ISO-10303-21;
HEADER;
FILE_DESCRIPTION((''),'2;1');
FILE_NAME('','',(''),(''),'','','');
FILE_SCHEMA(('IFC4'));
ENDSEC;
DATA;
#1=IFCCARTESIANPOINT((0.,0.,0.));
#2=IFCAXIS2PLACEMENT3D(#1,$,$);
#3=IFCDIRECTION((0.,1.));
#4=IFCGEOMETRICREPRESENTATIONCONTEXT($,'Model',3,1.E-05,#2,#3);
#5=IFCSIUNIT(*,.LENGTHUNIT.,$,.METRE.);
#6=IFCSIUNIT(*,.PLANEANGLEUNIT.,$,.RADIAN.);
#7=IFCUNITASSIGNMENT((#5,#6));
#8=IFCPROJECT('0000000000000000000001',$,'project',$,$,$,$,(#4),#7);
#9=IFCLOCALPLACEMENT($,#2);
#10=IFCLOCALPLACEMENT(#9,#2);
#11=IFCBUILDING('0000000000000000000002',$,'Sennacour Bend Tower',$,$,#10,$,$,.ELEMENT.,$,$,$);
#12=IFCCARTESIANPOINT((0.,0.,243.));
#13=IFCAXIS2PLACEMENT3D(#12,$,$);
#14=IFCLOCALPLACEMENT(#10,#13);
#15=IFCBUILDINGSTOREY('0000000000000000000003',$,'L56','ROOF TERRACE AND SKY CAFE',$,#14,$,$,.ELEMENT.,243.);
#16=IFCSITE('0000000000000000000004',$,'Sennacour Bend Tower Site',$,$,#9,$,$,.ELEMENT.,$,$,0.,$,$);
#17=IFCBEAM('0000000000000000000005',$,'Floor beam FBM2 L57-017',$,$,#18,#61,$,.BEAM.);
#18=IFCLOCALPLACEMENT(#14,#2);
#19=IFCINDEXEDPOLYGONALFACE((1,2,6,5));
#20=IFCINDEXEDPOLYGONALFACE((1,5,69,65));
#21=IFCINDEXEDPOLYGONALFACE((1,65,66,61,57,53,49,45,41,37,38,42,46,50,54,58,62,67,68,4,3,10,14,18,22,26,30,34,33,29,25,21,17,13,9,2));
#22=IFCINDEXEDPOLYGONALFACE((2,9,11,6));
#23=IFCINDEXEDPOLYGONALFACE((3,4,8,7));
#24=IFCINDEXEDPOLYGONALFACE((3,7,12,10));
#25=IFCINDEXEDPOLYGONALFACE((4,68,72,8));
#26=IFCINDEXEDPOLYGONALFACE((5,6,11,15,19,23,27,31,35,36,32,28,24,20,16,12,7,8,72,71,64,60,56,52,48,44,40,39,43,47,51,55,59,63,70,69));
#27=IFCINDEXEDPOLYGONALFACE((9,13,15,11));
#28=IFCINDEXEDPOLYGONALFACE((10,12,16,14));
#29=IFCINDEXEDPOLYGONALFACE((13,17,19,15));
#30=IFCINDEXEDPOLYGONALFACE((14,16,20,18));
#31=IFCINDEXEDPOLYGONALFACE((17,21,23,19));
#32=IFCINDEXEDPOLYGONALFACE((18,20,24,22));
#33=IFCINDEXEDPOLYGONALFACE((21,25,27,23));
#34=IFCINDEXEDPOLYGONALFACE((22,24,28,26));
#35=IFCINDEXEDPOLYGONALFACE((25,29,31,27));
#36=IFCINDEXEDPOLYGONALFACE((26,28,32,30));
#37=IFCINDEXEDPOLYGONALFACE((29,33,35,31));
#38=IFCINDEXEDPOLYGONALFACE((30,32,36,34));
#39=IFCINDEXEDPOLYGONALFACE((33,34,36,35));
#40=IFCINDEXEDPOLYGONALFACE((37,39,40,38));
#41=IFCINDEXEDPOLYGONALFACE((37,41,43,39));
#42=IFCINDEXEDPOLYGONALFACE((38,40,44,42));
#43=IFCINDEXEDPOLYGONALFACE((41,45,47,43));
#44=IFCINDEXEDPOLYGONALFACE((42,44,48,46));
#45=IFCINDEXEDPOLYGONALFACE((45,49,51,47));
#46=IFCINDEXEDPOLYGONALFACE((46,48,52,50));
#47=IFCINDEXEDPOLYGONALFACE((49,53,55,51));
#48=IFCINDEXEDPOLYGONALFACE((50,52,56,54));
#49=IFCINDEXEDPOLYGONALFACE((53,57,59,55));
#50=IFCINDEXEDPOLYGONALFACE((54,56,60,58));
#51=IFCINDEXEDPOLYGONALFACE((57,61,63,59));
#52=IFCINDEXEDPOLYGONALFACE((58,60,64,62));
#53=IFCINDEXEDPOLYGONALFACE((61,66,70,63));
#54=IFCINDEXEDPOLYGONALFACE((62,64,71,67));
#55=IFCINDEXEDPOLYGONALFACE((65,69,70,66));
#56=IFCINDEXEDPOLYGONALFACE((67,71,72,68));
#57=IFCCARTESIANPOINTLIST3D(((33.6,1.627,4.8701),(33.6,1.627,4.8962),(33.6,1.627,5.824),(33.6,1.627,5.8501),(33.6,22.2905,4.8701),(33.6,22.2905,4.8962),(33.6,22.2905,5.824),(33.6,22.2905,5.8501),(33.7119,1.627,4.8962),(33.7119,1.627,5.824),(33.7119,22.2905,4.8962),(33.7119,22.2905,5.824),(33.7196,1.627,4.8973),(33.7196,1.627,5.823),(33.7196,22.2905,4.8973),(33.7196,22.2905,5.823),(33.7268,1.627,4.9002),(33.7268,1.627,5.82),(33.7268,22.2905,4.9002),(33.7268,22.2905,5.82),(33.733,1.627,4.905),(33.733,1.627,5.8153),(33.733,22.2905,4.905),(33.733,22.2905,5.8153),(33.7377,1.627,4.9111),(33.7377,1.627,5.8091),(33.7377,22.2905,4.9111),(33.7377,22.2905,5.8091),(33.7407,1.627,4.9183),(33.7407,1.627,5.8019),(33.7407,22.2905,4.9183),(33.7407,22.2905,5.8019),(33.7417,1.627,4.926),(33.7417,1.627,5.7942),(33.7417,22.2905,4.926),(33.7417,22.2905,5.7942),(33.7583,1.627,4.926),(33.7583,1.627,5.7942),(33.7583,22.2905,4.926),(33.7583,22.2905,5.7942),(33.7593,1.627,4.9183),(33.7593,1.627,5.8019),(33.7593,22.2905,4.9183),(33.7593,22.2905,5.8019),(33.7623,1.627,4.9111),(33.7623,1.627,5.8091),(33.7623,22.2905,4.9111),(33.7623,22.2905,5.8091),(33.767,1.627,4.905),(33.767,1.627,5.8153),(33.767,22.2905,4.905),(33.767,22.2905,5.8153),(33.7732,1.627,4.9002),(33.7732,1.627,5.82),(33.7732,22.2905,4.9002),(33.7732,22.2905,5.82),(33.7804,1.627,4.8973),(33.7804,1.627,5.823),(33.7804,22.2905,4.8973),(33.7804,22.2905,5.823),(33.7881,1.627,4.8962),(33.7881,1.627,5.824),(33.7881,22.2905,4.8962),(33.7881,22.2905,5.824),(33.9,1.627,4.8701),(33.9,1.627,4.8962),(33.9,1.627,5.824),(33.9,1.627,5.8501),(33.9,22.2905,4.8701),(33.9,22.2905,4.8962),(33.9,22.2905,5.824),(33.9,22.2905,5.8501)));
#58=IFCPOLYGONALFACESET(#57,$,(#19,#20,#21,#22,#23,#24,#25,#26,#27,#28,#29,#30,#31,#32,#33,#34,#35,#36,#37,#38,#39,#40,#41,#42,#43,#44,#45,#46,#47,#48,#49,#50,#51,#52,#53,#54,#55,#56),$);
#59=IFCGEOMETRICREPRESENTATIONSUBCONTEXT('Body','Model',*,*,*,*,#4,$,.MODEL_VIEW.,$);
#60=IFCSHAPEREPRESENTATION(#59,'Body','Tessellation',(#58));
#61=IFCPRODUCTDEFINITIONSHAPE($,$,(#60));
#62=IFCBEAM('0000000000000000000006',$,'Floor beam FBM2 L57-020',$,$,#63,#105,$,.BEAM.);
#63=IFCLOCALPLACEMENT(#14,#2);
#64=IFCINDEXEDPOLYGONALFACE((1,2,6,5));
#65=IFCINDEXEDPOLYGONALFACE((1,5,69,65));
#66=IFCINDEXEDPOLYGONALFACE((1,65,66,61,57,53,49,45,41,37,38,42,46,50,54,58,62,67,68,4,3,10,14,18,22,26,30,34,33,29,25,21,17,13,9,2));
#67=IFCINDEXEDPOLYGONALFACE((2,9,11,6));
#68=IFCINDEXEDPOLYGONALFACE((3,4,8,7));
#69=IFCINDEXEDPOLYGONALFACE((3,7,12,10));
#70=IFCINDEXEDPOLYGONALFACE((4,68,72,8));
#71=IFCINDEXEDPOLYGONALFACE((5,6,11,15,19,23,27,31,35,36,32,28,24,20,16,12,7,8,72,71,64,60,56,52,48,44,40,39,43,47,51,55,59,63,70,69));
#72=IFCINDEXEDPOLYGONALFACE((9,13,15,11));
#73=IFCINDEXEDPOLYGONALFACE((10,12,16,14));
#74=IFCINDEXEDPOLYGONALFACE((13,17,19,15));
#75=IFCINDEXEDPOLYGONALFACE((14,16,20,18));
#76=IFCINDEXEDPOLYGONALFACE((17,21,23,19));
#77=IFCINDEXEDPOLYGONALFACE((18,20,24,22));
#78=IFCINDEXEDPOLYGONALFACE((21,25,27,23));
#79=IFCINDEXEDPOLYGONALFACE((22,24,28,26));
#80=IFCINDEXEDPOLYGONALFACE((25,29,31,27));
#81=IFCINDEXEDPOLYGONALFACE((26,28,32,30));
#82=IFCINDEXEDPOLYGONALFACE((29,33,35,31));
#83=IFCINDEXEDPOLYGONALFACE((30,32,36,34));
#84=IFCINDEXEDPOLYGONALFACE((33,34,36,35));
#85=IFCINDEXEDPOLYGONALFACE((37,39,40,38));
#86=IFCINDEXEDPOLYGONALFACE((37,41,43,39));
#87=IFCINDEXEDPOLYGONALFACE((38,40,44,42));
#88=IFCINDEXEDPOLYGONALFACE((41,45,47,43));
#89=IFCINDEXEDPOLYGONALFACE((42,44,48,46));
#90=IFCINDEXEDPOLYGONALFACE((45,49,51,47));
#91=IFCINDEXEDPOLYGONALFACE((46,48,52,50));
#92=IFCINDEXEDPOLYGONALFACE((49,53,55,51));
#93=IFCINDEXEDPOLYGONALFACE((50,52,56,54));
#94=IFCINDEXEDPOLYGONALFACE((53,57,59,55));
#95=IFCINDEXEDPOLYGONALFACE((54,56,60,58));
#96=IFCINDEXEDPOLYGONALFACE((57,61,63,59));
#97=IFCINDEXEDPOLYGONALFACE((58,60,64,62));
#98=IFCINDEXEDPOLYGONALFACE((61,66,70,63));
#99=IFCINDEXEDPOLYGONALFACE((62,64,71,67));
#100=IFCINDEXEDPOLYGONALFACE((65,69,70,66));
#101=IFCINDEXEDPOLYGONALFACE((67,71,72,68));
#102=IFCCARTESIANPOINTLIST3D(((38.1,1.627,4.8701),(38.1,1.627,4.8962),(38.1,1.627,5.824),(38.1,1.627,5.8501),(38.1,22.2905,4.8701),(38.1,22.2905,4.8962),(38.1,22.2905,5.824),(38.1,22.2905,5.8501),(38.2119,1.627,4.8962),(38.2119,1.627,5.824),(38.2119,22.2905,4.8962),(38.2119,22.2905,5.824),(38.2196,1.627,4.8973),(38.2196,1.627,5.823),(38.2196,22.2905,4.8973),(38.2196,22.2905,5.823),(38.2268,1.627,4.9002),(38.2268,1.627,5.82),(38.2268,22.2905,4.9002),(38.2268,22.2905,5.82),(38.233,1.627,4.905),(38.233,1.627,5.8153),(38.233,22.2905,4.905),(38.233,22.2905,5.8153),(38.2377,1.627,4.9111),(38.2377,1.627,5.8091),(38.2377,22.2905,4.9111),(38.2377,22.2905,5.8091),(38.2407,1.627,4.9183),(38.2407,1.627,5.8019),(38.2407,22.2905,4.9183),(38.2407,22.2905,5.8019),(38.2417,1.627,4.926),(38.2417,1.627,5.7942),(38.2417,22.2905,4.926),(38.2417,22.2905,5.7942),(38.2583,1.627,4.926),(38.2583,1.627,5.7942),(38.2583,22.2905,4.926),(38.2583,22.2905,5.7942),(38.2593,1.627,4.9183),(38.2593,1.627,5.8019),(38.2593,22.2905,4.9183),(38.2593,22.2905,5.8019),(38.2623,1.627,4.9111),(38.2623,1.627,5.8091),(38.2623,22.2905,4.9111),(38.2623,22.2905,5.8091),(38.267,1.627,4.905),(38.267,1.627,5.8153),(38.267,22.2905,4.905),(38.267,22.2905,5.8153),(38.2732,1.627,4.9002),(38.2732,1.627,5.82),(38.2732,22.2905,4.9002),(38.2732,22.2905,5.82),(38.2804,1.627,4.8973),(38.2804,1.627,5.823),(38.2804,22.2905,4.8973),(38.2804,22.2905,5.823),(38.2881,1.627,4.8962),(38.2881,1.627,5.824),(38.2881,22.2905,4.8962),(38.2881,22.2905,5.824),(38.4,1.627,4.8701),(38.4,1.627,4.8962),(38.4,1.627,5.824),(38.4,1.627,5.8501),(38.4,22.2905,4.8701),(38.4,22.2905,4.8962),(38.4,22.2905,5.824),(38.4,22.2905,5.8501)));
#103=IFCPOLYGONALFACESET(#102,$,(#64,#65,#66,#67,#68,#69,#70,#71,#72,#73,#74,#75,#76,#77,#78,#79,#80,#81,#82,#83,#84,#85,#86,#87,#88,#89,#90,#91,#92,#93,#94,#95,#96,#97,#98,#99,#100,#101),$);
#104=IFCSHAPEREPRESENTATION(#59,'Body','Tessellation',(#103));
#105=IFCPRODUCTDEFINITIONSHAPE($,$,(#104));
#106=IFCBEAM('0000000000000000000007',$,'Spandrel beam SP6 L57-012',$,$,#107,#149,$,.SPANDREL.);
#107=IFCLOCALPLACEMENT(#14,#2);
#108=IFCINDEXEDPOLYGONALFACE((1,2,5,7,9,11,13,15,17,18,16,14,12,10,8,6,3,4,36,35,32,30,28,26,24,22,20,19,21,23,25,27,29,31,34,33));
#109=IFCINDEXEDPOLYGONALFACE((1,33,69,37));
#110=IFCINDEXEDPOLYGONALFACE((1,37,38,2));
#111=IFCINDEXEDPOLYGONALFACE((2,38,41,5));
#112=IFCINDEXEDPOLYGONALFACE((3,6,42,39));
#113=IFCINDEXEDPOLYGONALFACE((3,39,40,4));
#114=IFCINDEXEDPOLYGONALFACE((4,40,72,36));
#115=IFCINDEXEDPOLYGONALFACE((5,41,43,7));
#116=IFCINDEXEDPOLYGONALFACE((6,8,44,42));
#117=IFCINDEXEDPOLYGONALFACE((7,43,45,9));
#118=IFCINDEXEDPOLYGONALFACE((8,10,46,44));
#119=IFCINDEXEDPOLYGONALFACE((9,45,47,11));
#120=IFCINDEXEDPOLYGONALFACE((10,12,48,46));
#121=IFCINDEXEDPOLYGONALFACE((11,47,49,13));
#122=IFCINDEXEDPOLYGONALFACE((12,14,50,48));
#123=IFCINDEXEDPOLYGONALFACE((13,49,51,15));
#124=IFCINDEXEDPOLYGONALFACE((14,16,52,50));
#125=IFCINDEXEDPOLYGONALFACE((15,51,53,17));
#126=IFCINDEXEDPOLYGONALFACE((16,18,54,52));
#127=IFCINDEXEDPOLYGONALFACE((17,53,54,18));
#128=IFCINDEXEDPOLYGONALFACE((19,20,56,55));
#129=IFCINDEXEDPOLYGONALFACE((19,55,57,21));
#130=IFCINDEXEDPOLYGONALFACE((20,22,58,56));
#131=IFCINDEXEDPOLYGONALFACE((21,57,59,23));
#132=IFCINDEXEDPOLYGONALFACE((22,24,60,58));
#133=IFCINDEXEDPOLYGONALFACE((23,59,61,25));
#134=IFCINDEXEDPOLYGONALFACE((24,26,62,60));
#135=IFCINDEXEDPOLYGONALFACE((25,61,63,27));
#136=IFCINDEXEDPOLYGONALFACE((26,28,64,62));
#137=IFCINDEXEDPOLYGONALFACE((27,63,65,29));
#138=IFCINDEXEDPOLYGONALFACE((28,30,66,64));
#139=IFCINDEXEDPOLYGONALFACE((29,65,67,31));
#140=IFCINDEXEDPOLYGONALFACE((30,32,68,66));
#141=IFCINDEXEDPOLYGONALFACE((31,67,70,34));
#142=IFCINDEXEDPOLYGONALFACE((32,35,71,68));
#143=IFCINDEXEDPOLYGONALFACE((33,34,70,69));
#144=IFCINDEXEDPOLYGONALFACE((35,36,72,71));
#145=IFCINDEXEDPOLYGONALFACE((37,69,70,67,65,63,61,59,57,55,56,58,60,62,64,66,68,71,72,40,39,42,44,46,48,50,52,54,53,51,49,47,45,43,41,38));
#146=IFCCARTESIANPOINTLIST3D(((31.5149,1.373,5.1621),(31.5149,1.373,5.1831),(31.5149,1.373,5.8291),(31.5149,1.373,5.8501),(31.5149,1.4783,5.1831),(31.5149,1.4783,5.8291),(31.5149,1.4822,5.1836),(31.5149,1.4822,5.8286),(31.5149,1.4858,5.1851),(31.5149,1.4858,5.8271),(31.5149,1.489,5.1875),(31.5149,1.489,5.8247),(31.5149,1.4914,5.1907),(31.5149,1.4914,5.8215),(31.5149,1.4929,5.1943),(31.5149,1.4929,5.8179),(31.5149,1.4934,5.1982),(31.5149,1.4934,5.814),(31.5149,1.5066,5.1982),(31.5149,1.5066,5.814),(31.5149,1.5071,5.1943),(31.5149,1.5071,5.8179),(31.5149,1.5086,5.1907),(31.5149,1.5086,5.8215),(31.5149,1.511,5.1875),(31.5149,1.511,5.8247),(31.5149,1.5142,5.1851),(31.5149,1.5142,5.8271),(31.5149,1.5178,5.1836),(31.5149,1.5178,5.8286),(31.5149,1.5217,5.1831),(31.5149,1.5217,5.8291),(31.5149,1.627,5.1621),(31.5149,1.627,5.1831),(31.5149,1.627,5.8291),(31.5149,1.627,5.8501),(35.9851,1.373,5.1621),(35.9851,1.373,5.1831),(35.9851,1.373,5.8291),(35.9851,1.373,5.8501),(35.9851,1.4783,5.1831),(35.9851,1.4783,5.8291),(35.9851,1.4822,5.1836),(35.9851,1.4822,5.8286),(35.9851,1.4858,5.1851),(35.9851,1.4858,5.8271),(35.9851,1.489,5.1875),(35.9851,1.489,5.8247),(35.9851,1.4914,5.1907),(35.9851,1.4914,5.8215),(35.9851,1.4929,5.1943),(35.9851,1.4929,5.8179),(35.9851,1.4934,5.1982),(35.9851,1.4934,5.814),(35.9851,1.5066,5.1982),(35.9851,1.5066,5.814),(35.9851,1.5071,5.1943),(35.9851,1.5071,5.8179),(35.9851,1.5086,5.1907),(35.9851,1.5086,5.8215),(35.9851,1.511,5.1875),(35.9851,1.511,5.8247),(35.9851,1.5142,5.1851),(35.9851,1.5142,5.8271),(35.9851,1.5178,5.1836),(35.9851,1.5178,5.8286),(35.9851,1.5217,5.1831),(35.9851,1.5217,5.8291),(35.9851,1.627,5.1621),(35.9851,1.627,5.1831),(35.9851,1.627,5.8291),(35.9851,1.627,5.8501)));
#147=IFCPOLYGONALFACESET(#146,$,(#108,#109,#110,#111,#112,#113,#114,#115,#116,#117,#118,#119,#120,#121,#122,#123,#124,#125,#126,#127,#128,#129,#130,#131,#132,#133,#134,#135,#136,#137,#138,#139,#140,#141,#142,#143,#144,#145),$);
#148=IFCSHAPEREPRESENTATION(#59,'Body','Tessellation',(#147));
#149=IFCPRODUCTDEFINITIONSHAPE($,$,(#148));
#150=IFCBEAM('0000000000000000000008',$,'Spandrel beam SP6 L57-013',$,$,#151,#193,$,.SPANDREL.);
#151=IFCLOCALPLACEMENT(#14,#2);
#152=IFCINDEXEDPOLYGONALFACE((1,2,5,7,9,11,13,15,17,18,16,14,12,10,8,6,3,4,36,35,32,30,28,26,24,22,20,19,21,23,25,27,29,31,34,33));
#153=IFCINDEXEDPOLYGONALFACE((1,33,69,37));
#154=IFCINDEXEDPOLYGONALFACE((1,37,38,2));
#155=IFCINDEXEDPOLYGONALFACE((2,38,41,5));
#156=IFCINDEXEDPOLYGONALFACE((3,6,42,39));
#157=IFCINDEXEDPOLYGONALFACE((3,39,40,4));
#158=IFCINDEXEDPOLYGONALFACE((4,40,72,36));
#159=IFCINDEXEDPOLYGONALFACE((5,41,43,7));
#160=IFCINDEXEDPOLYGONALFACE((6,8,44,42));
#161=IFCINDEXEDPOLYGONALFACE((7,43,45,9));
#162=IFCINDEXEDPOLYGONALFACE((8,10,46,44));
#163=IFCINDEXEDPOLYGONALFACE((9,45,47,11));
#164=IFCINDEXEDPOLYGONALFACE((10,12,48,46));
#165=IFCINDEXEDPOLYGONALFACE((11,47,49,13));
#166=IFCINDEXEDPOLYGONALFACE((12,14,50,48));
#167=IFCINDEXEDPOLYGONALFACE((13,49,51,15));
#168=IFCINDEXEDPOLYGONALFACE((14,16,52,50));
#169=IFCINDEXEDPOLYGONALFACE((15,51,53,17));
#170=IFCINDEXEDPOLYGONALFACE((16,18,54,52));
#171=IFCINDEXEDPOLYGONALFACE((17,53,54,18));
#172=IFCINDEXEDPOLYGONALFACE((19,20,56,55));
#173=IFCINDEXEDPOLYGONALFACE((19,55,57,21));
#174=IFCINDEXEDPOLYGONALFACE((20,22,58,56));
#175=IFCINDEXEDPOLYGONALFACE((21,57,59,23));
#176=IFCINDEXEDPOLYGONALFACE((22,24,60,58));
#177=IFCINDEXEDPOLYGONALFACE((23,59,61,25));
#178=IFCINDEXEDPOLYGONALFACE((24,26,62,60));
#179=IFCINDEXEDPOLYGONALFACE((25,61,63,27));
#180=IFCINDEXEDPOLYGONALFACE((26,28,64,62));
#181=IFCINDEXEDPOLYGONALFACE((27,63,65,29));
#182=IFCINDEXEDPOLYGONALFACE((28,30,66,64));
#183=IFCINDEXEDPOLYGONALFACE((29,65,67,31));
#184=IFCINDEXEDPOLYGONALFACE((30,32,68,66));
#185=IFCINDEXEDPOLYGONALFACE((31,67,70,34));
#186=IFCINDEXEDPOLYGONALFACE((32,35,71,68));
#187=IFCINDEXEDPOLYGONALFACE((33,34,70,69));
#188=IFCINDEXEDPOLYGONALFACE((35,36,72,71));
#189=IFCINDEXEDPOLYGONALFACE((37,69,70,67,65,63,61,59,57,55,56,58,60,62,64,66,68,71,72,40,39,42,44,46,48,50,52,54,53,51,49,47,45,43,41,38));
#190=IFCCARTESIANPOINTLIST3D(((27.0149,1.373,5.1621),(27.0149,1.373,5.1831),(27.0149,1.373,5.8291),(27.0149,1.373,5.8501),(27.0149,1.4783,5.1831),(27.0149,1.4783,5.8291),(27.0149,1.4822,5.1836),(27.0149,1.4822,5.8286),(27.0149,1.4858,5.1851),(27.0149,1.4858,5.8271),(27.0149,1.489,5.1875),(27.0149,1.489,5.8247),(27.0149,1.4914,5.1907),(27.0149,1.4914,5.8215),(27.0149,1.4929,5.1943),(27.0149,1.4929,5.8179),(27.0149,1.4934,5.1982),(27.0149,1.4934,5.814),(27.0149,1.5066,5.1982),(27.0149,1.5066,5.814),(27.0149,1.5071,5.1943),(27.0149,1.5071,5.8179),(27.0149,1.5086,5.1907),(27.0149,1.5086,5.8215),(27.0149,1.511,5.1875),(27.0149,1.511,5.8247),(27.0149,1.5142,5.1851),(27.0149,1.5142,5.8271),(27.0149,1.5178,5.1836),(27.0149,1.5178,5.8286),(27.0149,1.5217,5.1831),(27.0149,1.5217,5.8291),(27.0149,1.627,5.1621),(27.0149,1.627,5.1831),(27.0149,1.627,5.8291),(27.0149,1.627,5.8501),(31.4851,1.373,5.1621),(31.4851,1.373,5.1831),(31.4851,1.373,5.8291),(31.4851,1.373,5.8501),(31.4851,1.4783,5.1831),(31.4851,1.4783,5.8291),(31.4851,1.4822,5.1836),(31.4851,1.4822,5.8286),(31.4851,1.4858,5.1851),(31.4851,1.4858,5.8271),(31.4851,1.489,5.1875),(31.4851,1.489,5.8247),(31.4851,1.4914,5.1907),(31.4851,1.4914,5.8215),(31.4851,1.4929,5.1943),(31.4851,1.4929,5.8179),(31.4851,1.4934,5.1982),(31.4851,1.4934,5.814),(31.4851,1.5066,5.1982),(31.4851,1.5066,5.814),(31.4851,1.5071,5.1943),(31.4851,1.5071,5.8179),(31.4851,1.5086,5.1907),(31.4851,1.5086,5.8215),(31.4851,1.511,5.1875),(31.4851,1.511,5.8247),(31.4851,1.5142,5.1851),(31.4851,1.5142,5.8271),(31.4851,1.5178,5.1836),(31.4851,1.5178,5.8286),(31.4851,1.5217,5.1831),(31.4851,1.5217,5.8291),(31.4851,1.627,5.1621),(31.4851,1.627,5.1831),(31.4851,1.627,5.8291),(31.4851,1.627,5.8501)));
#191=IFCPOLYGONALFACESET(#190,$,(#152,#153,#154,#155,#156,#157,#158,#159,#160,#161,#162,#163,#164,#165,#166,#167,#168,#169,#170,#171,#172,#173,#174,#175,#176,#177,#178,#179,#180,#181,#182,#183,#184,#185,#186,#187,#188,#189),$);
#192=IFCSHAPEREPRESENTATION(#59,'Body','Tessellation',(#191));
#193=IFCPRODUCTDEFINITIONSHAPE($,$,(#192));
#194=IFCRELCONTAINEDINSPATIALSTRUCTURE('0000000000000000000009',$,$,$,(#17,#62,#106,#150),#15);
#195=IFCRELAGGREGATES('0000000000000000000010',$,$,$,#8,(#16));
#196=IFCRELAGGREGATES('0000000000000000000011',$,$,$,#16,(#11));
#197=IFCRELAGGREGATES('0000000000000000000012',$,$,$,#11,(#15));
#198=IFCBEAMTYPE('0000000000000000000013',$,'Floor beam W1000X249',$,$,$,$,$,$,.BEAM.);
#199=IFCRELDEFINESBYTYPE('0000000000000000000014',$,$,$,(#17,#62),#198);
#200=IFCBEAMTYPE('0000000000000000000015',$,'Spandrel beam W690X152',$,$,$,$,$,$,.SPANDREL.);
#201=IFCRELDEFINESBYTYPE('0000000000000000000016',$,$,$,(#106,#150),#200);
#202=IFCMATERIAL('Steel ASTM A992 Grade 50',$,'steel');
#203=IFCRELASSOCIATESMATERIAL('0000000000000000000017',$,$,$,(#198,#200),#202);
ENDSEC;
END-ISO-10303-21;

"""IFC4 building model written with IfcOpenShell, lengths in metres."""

from ifc_helpers import new_model, si_unit, direction, frame, origin, origin_2d, place, context, subcontext, project, spatial, i_section, extrude, material, material_profile, profile_set, type_object, element, save


model = new_model("IFC4")

# Units and contexts
model_context = context("Model", 3, precision=1e-05, world=origin(), true_north=direction((0.0, 1.0)))
body_context = subcontext(model_context, "Body", "Model", "MODEL_VIEW")
ifc_project = project(units=[si_unit("LENGTHUNIT", "METRE"), si_unit("PLANEANGLEUNIT", "RADIAN")], contexts=[model_context])

# Site, building, storey
site_placement = place(None, origin())
site = spatial("IfcSite", under=ifc_project, at=site_placement, Name="Sennacour Bend Tower Site", CompositionType="ELEMENT", RefElevation=0.0)
building_placement = place(site_placement, origin())
building = spatial("IfcBuilding", under=site, at=building_placement, Name="Sennacour Bend Tower", CompositionType="ELEMENT")
storey_placement = place(building_placement, frame((0.0, 0.0, 243.0)))
storey = spatial("IfcBuildingStorey", under=building, at=storey_placement, Name="L56", Description="ROOF TERRACE AND SKY CAFE", CompositionType="ELEMENT", Elevation=243.0)

# Shared definitions
ifc_material_1 = material(Name="Steel ASTM A992 Grade 50", Category="steel")

# Beams
ifc_material_profile_1 = material_profile(ifc_material_1, i_section(OverallWidth=0.3, OverallDepth=0.98, WebThickness=0.0166, FlangeThickness=0.0261, FilletRadius=0.0298, at=origin_2d()), Name="Steel ASTM A992 Grade 50", Category="steel")
ifc_profile_set_1 = profile_set([ifc_material_profile_1], Name="Steel ASTM A992 Grade 50")
beam_type_1 = type_object("IfcBeamType", Name="Floor beam W1000X249", PredefinedType="BEAM", material=ifc_profile_set_1)
for number, where, z_axis, x_axis, name in (
    (1, (33.75, 1.627, 5.3601), (0.0, 1.0, 0.0), (-1.0, 0.0, 0.0), "Floor beam FBM2 L57-017"),
    (2, (38.25, 1.627, 5.3601), (0.0, 1.0, 0.0), (-1.0, 0.0, 0.0), "Floor beam FBM2 L57-020"),
):
    element("IfcBeam", number, at=place(storey_placement, frame(where, z_axis=z_axis, x_axis=x_axis)), inside=storey, type_object=beam_type_1, Name=name, PredefinedType="BEAM", context=body_context, shape_type="SweptSolid", body=[
        extrude(i_section(OverallWidth=0.3, OverallDepth=0.98, WebThickness=0.0166, FlangeThickness=0.0261, FilletRadius=0.0298, at=origin_2d()), origin(), (0.0, 0.0, 1.0), 20.6636),
    ])
ifc_material_profile_2 = material_profile(ifc_material_1, i_section(OverallWidth=0.2539, OverallDepth=0.688, WebThickness=0.0132, FlangeThickness=0.021, FilletRadius=0.0151, at=origin_2d()), Name="Steel ASTM A992 Grade 50", Category="steel")
ifc_profile_set_2 = profile_set([ifc_material_profile_2], Name="Steel ASTM A992 Grade 50")
beam_type_2 = type_object("IfcBeamType", Name="Spandrel beam W690X152", PredefinedType="SPANDREL", material=ifc_profile_set_2)
for number, where, z_axis, x_axis, name in (
    (3, (35.9851, 1.5, 5.5061), (-1.0, 0.0, 0.0), (0.0, -1.0, 0.0), "Spandrel beam SP6 L57-012"),
    (4, (31.4851, 1.5, 5.5061), (-1.0, 0.0, 0.0), (0.0, -1.0, 0.0), "Spandrel beam SP6 L57-013"),
):
    element("IfcBeam", number, at=place(storey_placement, frame(where, z_axis=z_axis, x_axis=x_axis)), inside=storey, type_object=beam_type_2, Name=name, PredefinedType="SPANDREL", context=body_context, shape_type="SweptSolid", body=[
        extrude(i_section(OverallWidth=0.2539, OverallDepth=0.688, WebThickness=0.0132, FlangeThickness=0.021, FilletRadius=0.0151, at=origin_2d()), origin(), (0.0, 0.0, 1.0), 4.4702),
    ])

save(model, "model.ifc")
